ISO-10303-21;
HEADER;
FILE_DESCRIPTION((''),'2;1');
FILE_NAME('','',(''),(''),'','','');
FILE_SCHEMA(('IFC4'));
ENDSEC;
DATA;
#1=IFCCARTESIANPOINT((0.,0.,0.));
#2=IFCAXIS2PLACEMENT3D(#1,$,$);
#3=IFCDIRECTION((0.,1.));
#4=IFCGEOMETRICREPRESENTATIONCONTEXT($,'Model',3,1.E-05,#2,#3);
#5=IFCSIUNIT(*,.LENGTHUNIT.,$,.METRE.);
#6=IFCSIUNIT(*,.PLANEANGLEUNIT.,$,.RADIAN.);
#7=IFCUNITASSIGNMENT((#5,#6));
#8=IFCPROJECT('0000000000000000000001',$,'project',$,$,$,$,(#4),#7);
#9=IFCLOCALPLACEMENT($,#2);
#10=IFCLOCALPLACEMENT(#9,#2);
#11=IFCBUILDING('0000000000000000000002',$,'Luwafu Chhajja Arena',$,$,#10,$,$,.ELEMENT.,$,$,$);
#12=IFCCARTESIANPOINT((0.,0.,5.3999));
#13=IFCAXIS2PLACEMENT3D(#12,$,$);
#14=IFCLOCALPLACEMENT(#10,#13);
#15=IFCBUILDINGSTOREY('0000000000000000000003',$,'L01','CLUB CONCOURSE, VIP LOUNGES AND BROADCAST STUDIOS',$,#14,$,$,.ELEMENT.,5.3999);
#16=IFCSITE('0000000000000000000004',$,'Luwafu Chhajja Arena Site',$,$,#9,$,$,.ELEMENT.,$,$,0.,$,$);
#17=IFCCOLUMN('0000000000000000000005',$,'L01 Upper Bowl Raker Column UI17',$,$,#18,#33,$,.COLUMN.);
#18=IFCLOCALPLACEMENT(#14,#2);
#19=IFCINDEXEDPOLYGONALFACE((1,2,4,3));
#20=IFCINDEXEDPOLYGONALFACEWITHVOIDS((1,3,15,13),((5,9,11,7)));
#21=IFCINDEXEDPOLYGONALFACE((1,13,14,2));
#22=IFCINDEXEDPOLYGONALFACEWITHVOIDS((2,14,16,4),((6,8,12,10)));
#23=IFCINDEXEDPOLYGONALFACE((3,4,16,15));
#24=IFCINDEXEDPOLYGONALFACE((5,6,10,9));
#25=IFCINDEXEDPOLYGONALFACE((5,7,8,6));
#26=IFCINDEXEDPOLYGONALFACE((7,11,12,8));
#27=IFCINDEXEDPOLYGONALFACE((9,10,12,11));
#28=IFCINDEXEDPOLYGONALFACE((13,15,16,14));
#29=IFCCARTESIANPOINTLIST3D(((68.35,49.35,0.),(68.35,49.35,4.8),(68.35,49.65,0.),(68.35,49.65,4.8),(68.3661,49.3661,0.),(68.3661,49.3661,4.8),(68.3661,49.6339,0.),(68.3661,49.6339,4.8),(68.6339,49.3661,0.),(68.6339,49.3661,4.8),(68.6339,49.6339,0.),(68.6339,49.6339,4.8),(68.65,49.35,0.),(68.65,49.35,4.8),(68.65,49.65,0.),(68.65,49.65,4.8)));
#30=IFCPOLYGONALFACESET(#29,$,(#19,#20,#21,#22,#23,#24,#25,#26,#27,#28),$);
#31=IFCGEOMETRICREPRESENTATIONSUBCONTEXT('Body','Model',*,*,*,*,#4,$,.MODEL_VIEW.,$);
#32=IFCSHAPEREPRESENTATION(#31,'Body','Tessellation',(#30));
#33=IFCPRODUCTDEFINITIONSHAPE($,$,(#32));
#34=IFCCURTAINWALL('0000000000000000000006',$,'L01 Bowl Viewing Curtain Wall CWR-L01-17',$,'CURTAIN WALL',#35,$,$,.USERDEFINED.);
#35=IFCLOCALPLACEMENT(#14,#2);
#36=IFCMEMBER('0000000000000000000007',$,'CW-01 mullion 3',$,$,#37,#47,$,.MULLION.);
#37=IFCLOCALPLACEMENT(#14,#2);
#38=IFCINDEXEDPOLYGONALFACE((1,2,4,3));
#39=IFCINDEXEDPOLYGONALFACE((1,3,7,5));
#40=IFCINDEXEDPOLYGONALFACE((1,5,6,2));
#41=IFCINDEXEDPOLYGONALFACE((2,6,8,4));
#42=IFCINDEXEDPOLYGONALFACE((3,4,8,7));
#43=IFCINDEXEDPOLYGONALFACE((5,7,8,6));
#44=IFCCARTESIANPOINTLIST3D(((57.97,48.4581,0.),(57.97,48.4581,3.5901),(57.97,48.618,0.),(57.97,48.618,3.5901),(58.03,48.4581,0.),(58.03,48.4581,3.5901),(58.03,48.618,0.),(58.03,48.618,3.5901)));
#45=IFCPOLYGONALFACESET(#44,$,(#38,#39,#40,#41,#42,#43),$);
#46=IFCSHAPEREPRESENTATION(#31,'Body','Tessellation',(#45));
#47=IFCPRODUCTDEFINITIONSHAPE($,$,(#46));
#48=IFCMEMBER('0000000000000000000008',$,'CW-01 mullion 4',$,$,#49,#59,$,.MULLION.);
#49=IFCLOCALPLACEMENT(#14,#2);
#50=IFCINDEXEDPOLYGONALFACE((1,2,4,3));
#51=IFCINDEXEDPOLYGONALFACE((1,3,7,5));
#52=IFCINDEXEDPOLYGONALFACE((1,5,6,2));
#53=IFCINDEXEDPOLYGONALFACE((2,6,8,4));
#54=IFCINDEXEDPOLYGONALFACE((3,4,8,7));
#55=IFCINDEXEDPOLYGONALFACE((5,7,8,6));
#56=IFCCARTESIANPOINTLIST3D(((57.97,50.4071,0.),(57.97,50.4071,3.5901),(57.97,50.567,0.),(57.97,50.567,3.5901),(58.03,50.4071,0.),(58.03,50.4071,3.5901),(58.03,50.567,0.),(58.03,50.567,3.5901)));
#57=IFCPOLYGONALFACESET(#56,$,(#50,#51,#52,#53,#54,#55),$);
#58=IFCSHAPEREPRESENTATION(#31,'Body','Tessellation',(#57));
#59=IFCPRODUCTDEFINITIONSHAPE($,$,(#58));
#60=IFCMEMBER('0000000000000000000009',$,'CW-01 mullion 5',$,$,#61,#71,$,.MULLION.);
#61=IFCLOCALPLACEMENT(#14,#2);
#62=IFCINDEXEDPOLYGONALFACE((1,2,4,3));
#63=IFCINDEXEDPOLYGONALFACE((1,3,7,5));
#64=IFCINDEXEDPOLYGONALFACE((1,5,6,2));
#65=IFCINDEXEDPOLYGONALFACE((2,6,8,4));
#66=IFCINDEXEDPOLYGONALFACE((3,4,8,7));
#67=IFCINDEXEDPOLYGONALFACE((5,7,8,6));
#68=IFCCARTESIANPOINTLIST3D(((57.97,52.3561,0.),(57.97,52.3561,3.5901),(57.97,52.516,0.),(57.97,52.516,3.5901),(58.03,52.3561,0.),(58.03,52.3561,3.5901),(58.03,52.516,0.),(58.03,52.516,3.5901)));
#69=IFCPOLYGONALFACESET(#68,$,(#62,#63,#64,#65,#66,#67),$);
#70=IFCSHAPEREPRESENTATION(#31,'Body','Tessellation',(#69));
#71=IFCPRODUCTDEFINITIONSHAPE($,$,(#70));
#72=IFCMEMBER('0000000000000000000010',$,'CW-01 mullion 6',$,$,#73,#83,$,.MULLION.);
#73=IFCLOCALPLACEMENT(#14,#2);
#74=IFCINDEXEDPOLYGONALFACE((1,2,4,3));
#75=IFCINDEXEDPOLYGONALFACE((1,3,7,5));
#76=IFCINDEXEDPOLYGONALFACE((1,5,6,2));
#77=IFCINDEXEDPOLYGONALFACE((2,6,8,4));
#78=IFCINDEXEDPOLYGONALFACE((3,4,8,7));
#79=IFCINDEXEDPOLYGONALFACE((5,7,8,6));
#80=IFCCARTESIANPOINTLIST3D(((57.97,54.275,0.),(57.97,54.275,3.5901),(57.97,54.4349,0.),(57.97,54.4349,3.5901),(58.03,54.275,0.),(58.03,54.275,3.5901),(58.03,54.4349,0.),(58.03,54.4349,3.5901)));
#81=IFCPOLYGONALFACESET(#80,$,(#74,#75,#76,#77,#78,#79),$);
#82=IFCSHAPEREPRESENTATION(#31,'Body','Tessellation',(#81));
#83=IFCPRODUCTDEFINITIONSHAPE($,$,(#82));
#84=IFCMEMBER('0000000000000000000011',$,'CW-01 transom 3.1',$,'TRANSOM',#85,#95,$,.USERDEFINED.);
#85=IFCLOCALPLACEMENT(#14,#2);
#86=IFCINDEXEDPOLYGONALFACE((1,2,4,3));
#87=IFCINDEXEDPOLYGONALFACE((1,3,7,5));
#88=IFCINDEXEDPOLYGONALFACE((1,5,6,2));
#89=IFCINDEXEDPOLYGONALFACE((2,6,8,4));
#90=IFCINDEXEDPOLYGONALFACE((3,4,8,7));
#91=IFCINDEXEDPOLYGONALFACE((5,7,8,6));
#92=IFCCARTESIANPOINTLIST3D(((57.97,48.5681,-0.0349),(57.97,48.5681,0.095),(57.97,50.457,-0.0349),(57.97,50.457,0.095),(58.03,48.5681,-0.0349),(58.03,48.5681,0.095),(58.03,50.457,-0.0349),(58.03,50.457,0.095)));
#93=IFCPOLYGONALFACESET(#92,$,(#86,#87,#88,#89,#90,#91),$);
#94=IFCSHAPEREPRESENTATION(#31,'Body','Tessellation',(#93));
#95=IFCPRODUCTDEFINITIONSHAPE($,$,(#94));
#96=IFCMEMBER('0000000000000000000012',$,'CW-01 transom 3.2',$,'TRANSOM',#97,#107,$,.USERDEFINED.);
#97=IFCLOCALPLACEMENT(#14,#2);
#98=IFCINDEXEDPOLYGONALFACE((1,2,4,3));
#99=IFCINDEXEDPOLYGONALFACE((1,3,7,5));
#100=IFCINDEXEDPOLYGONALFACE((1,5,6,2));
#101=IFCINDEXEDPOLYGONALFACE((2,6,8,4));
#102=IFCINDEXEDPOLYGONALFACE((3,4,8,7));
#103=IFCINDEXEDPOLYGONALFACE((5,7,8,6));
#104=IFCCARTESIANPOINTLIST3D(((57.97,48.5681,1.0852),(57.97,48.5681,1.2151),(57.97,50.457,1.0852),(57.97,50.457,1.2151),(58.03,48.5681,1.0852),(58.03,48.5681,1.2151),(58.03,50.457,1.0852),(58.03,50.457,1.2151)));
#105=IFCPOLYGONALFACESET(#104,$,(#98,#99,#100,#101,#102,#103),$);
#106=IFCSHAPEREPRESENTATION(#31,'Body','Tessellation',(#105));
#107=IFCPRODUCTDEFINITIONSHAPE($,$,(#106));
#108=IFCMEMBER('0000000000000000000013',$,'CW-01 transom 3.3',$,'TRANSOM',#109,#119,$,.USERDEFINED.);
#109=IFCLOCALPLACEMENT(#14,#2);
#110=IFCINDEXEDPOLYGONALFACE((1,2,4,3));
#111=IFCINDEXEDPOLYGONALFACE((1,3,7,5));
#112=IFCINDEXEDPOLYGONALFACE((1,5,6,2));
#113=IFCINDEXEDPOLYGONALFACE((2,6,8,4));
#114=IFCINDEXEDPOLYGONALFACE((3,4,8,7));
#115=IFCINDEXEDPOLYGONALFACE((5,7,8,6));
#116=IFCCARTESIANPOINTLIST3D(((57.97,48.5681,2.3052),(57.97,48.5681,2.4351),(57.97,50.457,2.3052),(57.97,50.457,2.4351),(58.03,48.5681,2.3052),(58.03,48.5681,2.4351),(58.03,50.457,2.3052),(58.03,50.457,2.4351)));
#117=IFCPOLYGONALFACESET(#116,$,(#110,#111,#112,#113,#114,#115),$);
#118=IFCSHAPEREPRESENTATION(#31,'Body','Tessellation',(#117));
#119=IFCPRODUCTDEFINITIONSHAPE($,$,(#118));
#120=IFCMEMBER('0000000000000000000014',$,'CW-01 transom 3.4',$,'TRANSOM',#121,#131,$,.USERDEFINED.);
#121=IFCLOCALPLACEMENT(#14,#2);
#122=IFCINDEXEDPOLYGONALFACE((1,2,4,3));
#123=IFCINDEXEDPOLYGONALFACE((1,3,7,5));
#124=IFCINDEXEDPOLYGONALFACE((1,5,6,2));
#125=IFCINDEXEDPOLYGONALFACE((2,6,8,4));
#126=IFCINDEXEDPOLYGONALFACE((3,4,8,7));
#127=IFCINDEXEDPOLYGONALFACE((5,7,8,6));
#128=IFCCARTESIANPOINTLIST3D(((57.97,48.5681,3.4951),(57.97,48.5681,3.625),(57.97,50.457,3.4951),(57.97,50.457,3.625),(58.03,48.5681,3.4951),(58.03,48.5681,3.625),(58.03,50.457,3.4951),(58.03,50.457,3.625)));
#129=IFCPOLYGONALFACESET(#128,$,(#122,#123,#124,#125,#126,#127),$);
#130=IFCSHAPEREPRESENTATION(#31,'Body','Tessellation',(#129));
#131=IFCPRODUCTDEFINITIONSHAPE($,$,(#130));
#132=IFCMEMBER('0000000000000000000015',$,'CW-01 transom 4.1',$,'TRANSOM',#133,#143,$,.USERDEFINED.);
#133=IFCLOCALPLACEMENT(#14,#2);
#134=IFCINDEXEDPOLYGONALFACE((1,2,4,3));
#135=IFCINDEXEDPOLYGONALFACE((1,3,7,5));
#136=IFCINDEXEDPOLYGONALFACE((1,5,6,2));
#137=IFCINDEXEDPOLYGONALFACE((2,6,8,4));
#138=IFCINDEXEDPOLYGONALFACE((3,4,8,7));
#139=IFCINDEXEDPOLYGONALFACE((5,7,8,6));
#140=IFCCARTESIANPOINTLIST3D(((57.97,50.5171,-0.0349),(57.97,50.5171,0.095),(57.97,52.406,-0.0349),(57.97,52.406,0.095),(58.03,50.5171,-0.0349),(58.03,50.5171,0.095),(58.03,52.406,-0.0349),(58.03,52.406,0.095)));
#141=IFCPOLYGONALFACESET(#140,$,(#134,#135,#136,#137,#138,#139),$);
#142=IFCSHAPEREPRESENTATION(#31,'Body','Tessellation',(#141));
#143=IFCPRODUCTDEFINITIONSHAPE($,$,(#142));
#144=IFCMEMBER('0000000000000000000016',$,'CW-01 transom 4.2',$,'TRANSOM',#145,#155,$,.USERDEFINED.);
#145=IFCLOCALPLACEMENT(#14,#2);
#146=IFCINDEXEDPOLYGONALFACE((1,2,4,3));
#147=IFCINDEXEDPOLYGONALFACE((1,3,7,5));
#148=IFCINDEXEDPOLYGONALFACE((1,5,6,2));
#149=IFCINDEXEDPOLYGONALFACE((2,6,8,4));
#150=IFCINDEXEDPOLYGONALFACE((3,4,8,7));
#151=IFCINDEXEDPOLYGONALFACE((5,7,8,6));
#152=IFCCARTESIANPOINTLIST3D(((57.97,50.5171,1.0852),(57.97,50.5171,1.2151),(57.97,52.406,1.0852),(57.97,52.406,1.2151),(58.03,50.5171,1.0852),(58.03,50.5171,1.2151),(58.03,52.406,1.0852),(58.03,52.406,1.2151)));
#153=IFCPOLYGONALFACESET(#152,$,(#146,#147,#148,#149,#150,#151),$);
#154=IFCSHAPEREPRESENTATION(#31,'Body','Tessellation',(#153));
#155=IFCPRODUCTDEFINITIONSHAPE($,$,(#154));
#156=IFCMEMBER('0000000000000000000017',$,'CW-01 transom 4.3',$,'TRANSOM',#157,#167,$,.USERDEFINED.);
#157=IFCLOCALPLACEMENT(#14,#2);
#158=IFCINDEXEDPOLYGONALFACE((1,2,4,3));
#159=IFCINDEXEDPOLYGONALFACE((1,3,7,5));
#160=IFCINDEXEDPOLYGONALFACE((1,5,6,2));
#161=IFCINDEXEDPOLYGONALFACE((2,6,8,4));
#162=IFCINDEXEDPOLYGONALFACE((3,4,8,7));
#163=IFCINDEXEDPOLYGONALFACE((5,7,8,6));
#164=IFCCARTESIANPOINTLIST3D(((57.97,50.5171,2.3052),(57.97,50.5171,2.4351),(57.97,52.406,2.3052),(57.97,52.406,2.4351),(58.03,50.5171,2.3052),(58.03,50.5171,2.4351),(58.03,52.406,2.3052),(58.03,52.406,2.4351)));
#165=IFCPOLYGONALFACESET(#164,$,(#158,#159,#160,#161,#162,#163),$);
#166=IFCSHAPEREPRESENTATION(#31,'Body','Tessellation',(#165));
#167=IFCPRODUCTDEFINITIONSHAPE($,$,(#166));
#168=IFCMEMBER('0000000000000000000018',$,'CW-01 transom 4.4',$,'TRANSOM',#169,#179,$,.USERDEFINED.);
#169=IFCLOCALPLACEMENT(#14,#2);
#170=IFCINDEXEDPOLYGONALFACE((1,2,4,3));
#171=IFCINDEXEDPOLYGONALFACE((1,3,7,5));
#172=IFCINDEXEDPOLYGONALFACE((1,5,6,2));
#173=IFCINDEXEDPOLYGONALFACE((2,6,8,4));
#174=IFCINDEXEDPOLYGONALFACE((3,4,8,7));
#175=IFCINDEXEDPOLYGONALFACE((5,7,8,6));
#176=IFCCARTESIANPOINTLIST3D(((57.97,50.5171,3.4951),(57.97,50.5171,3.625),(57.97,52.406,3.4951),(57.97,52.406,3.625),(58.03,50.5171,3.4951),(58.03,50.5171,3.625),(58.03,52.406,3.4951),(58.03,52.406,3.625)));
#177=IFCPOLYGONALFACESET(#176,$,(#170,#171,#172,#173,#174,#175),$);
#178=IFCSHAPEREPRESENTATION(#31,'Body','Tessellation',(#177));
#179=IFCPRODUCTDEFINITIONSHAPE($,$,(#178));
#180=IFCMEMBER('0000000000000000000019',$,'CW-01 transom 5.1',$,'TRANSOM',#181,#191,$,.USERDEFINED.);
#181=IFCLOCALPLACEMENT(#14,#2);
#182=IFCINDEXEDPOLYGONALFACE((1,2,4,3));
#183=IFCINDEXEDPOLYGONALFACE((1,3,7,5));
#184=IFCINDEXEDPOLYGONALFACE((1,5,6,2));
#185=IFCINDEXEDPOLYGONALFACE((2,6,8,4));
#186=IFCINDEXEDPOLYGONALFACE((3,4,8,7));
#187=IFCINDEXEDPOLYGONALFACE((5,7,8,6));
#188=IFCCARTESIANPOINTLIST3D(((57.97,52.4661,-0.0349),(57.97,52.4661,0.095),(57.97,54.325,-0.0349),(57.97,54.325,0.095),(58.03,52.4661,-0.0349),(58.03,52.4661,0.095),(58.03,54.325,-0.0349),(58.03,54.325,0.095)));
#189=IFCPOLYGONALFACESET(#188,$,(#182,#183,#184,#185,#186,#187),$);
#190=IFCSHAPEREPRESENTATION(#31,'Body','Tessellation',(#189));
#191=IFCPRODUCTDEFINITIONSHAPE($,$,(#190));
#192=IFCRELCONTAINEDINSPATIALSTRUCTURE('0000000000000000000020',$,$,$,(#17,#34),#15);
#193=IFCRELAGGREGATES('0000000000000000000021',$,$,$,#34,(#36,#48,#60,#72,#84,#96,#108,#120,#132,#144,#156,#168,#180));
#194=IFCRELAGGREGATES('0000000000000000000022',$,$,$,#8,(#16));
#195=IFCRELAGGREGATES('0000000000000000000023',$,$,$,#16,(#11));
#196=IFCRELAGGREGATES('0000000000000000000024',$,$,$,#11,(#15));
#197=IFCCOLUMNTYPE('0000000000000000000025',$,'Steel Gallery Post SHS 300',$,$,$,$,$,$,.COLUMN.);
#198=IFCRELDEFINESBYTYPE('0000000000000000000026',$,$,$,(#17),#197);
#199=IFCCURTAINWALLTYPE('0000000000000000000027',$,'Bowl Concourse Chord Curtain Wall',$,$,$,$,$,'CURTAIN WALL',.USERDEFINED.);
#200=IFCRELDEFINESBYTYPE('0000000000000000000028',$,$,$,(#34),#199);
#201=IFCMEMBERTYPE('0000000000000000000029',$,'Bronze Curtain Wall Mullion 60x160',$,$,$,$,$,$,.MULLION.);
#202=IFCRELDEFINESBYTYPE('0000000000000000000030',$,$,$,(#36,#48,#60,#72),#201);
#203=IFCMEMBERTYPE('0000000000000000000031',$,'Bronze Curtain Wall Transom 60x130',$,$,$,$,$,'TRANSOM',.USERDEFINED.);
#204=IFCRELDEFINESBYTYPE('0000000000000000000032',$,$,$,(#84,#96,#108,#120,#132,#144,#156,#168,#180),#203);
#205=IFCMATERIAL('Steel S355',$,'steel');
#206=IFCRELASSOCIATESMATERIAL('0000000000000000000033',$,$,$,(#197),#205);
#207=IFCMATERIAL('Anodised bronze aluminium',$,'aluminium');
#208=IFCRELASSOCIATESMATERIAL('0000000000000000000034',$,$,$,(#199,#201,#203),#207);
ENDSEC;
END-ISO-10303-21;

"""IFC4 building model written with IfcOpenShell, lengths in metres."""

from ifc_helpers import new_model, si_unit, direction, frame, origin, origin_2d, place, context, subcontext, project, spatial, rectangle, hollow_rectangle, extrude, material, material_profile, profile_set, type_object, element, aggregate, save


model = new_model("IFC4")

# Units and contexts
model_context = context("Model", 3, precision=1e-05, world=origin(), true_north=direction((0.0, 1.0)))
body_context = subcontext(model_context, "Body", "Model", "MODEL_VIEW")
ifc_project = project(units=[si_unit("LENGTHUNIT", "METRE"), si_unit("PLANEANGLEUNIT", "RADIAN")], contexts=[model_context])

# Site, building, storey
site_placement = place(None, origin())
site = spatial("IfcSite", under=ifc_project, at=site_placement, Name="Luwafu Chhajja Arena Site", CompositionType="ELEMENT", RefElevation=0.0)
building_placement = place(site_placement, origin())
building = spatial("IfcBuilding", under=site, at=building_placement, Name="Luwafu Chhajja Arena", CompositionType="ELEMENT")
storey_placement = place(building_placement, frame((0.0, 0.0, 5.3999)))
storey = spatial("IfcBuildingStorey", under=building, at=storey_placement, Name="L01", Description="CLUB CONCOURSE, VIP LOUNGES AND BROADCAST STUDIOS", CompositionType="ELEMENT", Elevation=5.3999)

# Column
ifc_material_1 = material(Name="Steel S355", Category="steel")
ifc_material_profile_1 = material_profile(ifc_material_1, hollow_rectangle(XDim=0.3, YDim=0.3, WallThickness=0.0161, at=origin_2d()), Name="SHS 300x300x16")
ifc_profile_set_1 = profile_set([ifc_material_profile_1], Name="Steel S355")
column_type = type_object("IfcColumnType", Name="Steel Gallery Post SHS 300", PredefinedType="COLUMN", material=ifc_profile_set_1)
column_placement = place(storey_placement, frame((68.5, 49.5, 0.0), z_axis=(0.0, 0.0, 1.0), x_axis=(1.0, 0.0, 0.0)))
element("IfcColumn", 1, at=column_placement, inside=storey, type_object=column_type, Name="L01 Upper Bowl Raker Column UI17", PredefinedType="COLUMN", context=body_context, shape_type="SweptSolid", body=[
    extrude(hollow_rectangle(XDim=0.3, YDim=0.3, WallThickness=0.0161, at=origin_2d()), origin(), (0.0, 0.0, 1.0), 4.8),
])

# Curtain wall, members
ifc_material_2 = material(Name="Anodised bronze aluminium", Category="aluminium")
curtain_wall_type = type_object("IfcCurtainWallType", Name="Bowl Concourse Chord Curtain Wall", ElementType="CURTAIN WALL", PredefinedType="USERDEFINED", material=ifc_material_2)
curtain_wall_placement = place(storey_placement, origin())
curtain_wall = element("IfcCurtainWall", 2, at=curtain_wall_placement, inside=storey, type_object=curtain_wall_type, Name="L01 Bowl Viewing Curtain Wall CWR-L01-17", ObjectType="CURTAIN WALL", PredefinedType="USERDEFINED")
ifc_material_profile_2 = material_profile(ifc_material_2, rectangle(XDim=0.0601, YDim=0.1599, at=origin_2d()), Name="CWM 60x160")
ifc_profile_set_2 = profile_set([ifc_material_profile_2], Name="Anodised bronze aluminium")
member_type_1 = type_object("IfcMemberType", Name="Bronze Curtain Wall Mullion 60x160", PredefinedType="MULLION", material=ifc_profile_set_2)
member_1_placement = place(storey_placement, frame((58.0, 48.5381, 0.0), z_axis=(0.0, 0.0, 1.0), x_axis=(-1.0, 0.0, 0.0)))
member_1 = element("IfcMember", 3, at=member_1_placement, type_object=member_type_1, Name="CW-01 mullion 3", PredefinedType="MULLION", context=body_context, shape_type="SweptSolid", body=[
    extrude(rectangle(XDim=0.0601, YDim=0.1599, at=origin_2d()), origin(), (0.0, 0.0, 1.0), 3.5901),
])
member_2_placement = place(storey_placement, frame((58.0, 50.4871, 0.0), z_axis=(0.0, 0.0, 1.0), x_axis=(-1.0, 0.0, 0.0)))
member_2 = element("IfcMember", 4, at=member_2_placement, type_object=member_type_1, Name="CW-01 mullion 4", PredefinedType="MULLION", context=body_context, shape_type="SweptSolid", body=[
    extrude(rectangle(XDim=0.0601, YDim=0.1599, at=origin_2d()), origin(), (0.0, 0.0, 1.0), 3.5901),
])
member_3_placement = place(storey_placement, frame((58.0, 52.436, 0.0), z_axis=(0.0, 0.0, 1.0), x_axis=(-1.0, 0.0, 0.0)))
member_3 = element("IfcMember", 5, at=member_3_placement, type_object=member_type_1, Name="CW-01 mullion 5", PredefinedType="MULLION", context=body_context, shape_type="SweptSolid", body=[
    extrude(rectangle(XDim=0.0601, YDim=0.1599, at=origin_2d()), origin(), (0.0, 0.0, 1.0), 3.5901),
])
member_4_placement = place(storey_placement, frame((58.0, 54.355, 0.0), z_axis=(0.0, 0.0, 1.0), x_axis=(-1.0, 0.0, 0.0)))
member_4 = element("IfcMember", 6, at=member_4_placement, type_object=member_type_1, Name="CW-01 mullion 6", PredefinedType="MULLION", context=body_context, shape_type="SweptSolid", body=[
    extrude(rectangle(XDim=0.0601, YDim=0.1599, at=origin_2d()), origin(), (0.0, 0.0, 1.0), 3.5901),
])
ifc_material_profile_3 = material_profile(ifc_material_2, rectangle(XDim=0.0601, YDim=0.1299, at=origin_2d()), Name="CWT 60x130")
ifc_profile_set_3 = profile_set([ifc_material_profile_3], Name="Anodised bronze aluminium")
member_type_2 = type_object("IfcMemberType", Name="Bronze Curtain Wall Transom 60x130", ElementType="TRANSOM", PredefinedType="USERDEFINED", material=ifc_profile_set_3)
member_5_placement = place(storey_placement, frame((58.0, 48.5681, 0.03), z_axis=(0.0, 1.0, 0.0), x_axis=(-1.0, 0.0, 0.0)))
member_5 = element("IfcMember", 7, at=member_5_placement, type_object=member_type_2, Name="CW-01 transom 3.1", ObjectType="TRANSOM", PredefinedType="USERDEFINED", context=body_context, shape_type="SweptSolid", body=[
    extrude(rectangle(XDim=0.0601, YDim=0.1299, at=origin_2d()), origin(), (0.0, 0.0, 1.0), 1.8889),
])
member_6_placement = place(storey_placement, frame((58.0, 48.5681, 1.1501), z_axis=(0.0, 1.0, 0.0), x_axis=(-1.0, 0.0, 0.0)))
member_6 = element("IfcMember", 8, at=member_6_placement, type_object=member_type_2, Name="CW-01 transom 3.2", ObjectType="TRANSOM", PredefinedType="USERDEFINED", context=body_context, shape_type="SweptSolid", body=[
    extrude(rectangle(XDim=0.0601, YDim=0.1299, at=origin_2d()), origin(), (0.0, 0.0, 1.0), 1.8889),
])
member_7_placement = place(storey_placement, frame((58.0, 48.5681, 2.3701), z_axis=(0.0, 1.0, 0.0), x_axis=(-1.0, 0.0, 0.0)))
member_7 = element("IfcMember", 9, at=member_7_placement, type_object=member_type_2, Name="CW-01 transom 3.3", ObjectType="TRANSOM", PredefinedType="USERDEFINED", context=body_context, shape_type="SweptSolid", body=[
    extrude(rectangle(XDim=0.0601, YDim=0.1299, at=origin_2d()), origin(), (0.0, 0.0, 1.0), 1.8889),
])
member_8_placement = place(storey_placement, frame((58.0, 48.5681, 3.5601), z_axis=(0.0, 1.0, 0.0), x_axis=(-1.0, 0.0, 0.0)))
member_8 = element("IfcMember", 10, at=member_8_placement, type_object=member_type_2, Name="CW-01 transom 3.4", ObjectType="TRANSOM", PredefinedType="USERDEFINED", context=body_context, shape_type="SweptSolid", body=[
    extrude(rectangle(XDim=0.0601, YDim=0.1299, at=origin_2d()), origin(), (0.0, 0.0, 1.0), 1.8889),
])
member_9_placement = place(storey_placement, frame((58.0, 50.5171, 0.03), z_axis=(0.0, 1.0, 0.0), x_axis=(-1.0, 0.0, 0.0)))
member_9 = element("IfcMember", 11, at=member_9_placement, type_object=member_type_2, Name="CW-01 transom 4.1", ObjectType="TRANSOM", PredefinedType="USERDEFINED", context=body_context, shape_type="SweptSolid", body=[
    extrude(rectangle(XDim=0.0601, YDim=0.1299, at=origin_2d()), origin(), (0.0, 0.0, 1.0), 1.8889),
])
member_10_placement = place(storey_placement, frame((58.0, 50.5171, 1.1501), z_axis=(0.0, 1.0, 0.0), x_axis=(-1.0, 0.0, 0.0)))
member_10 = element("IfcMember", 12, at=member_10_placement, type_object=member_type_2, Name="CW-01 transom 4.2", ObjectType="TRANSOM", PredefinedType="USERDEFINED", context=body_context, shape_type="SweptSolid", body=[
    extrude(rectangle(XDim=0.0601, YDim=0.1299, at=origin_2d()), origin(), (0.0, 0.0, 1.0), 1.8889),
])
member_11_placement = place(storey_placement, frame((58.0, 50.5171, 2.3701), z_axis=(0.0, 1.0, 0.0), x_axis=(-1.0, 0.0, 0.0)))
member_11 = element("IfcMember", 13, at=member_11_placement, type_object=member_type_2, Name="CW-01 transom 4.3", ObjectType="TRANSOM", PredefinedType="USERDEFINED", context=body_context, shape_type="SweptSolid", body=[
    extrude(rectangle(XDim=0.0601, YDim=0.1299, at=origin_2d()), origin(), (0.0, 0.0, 1.0), 1.8889),
])
member_12_placement = place(storey_placement, frame((58.0, 50.5171, 3.5601), z_axis=(0.0, 1.0, 0.0), x_axis=(-1.0, 0.0, 0.0)))
member_12 = element("IfcMember", 14, at=member_12_placement, type_object=member_type_2, Name="CW-01 transom 4.4", ObjectType="TRANSOM", PredefinedType="USERDEFINED", context=body_context, shape_type="SweptSolid", body=[
    extrude(rectangle(XDim=0.0601, YDim=0.1299, at=origin_2d()), origin(), (0.0, 0.0, 1.0), 1.8889),
])
member_13_placement = place(storey_placement, frame((58.0, 52.4661, 0.03), z_axis=(0.0, 1.0, 0.0), x_axis=(-1.0, 0.0, 0.0)))
member_13 = element("IfcMember", 15, at=member_13_placement, type_object=member_type_2, Name="CW-01 transom 5.1", ObjectType="TRANSOM", PredefinedType="USERDEFINED", context=body_context, shape_type="SweptSolid", body=[
    extrude(rectangle(XDim=0.0601, YDim=0.1299, at=origin_2d()), origin(), (0.0, 0.0, 1.0), 1.8589),
])

aggregate(curtain_wall, [member_1, member_2, member_3, member_4, member_5, member_6, member_7, member_8, member_9, member_10, member_11, member_12, member_13])

save(model, "model.ifc")
